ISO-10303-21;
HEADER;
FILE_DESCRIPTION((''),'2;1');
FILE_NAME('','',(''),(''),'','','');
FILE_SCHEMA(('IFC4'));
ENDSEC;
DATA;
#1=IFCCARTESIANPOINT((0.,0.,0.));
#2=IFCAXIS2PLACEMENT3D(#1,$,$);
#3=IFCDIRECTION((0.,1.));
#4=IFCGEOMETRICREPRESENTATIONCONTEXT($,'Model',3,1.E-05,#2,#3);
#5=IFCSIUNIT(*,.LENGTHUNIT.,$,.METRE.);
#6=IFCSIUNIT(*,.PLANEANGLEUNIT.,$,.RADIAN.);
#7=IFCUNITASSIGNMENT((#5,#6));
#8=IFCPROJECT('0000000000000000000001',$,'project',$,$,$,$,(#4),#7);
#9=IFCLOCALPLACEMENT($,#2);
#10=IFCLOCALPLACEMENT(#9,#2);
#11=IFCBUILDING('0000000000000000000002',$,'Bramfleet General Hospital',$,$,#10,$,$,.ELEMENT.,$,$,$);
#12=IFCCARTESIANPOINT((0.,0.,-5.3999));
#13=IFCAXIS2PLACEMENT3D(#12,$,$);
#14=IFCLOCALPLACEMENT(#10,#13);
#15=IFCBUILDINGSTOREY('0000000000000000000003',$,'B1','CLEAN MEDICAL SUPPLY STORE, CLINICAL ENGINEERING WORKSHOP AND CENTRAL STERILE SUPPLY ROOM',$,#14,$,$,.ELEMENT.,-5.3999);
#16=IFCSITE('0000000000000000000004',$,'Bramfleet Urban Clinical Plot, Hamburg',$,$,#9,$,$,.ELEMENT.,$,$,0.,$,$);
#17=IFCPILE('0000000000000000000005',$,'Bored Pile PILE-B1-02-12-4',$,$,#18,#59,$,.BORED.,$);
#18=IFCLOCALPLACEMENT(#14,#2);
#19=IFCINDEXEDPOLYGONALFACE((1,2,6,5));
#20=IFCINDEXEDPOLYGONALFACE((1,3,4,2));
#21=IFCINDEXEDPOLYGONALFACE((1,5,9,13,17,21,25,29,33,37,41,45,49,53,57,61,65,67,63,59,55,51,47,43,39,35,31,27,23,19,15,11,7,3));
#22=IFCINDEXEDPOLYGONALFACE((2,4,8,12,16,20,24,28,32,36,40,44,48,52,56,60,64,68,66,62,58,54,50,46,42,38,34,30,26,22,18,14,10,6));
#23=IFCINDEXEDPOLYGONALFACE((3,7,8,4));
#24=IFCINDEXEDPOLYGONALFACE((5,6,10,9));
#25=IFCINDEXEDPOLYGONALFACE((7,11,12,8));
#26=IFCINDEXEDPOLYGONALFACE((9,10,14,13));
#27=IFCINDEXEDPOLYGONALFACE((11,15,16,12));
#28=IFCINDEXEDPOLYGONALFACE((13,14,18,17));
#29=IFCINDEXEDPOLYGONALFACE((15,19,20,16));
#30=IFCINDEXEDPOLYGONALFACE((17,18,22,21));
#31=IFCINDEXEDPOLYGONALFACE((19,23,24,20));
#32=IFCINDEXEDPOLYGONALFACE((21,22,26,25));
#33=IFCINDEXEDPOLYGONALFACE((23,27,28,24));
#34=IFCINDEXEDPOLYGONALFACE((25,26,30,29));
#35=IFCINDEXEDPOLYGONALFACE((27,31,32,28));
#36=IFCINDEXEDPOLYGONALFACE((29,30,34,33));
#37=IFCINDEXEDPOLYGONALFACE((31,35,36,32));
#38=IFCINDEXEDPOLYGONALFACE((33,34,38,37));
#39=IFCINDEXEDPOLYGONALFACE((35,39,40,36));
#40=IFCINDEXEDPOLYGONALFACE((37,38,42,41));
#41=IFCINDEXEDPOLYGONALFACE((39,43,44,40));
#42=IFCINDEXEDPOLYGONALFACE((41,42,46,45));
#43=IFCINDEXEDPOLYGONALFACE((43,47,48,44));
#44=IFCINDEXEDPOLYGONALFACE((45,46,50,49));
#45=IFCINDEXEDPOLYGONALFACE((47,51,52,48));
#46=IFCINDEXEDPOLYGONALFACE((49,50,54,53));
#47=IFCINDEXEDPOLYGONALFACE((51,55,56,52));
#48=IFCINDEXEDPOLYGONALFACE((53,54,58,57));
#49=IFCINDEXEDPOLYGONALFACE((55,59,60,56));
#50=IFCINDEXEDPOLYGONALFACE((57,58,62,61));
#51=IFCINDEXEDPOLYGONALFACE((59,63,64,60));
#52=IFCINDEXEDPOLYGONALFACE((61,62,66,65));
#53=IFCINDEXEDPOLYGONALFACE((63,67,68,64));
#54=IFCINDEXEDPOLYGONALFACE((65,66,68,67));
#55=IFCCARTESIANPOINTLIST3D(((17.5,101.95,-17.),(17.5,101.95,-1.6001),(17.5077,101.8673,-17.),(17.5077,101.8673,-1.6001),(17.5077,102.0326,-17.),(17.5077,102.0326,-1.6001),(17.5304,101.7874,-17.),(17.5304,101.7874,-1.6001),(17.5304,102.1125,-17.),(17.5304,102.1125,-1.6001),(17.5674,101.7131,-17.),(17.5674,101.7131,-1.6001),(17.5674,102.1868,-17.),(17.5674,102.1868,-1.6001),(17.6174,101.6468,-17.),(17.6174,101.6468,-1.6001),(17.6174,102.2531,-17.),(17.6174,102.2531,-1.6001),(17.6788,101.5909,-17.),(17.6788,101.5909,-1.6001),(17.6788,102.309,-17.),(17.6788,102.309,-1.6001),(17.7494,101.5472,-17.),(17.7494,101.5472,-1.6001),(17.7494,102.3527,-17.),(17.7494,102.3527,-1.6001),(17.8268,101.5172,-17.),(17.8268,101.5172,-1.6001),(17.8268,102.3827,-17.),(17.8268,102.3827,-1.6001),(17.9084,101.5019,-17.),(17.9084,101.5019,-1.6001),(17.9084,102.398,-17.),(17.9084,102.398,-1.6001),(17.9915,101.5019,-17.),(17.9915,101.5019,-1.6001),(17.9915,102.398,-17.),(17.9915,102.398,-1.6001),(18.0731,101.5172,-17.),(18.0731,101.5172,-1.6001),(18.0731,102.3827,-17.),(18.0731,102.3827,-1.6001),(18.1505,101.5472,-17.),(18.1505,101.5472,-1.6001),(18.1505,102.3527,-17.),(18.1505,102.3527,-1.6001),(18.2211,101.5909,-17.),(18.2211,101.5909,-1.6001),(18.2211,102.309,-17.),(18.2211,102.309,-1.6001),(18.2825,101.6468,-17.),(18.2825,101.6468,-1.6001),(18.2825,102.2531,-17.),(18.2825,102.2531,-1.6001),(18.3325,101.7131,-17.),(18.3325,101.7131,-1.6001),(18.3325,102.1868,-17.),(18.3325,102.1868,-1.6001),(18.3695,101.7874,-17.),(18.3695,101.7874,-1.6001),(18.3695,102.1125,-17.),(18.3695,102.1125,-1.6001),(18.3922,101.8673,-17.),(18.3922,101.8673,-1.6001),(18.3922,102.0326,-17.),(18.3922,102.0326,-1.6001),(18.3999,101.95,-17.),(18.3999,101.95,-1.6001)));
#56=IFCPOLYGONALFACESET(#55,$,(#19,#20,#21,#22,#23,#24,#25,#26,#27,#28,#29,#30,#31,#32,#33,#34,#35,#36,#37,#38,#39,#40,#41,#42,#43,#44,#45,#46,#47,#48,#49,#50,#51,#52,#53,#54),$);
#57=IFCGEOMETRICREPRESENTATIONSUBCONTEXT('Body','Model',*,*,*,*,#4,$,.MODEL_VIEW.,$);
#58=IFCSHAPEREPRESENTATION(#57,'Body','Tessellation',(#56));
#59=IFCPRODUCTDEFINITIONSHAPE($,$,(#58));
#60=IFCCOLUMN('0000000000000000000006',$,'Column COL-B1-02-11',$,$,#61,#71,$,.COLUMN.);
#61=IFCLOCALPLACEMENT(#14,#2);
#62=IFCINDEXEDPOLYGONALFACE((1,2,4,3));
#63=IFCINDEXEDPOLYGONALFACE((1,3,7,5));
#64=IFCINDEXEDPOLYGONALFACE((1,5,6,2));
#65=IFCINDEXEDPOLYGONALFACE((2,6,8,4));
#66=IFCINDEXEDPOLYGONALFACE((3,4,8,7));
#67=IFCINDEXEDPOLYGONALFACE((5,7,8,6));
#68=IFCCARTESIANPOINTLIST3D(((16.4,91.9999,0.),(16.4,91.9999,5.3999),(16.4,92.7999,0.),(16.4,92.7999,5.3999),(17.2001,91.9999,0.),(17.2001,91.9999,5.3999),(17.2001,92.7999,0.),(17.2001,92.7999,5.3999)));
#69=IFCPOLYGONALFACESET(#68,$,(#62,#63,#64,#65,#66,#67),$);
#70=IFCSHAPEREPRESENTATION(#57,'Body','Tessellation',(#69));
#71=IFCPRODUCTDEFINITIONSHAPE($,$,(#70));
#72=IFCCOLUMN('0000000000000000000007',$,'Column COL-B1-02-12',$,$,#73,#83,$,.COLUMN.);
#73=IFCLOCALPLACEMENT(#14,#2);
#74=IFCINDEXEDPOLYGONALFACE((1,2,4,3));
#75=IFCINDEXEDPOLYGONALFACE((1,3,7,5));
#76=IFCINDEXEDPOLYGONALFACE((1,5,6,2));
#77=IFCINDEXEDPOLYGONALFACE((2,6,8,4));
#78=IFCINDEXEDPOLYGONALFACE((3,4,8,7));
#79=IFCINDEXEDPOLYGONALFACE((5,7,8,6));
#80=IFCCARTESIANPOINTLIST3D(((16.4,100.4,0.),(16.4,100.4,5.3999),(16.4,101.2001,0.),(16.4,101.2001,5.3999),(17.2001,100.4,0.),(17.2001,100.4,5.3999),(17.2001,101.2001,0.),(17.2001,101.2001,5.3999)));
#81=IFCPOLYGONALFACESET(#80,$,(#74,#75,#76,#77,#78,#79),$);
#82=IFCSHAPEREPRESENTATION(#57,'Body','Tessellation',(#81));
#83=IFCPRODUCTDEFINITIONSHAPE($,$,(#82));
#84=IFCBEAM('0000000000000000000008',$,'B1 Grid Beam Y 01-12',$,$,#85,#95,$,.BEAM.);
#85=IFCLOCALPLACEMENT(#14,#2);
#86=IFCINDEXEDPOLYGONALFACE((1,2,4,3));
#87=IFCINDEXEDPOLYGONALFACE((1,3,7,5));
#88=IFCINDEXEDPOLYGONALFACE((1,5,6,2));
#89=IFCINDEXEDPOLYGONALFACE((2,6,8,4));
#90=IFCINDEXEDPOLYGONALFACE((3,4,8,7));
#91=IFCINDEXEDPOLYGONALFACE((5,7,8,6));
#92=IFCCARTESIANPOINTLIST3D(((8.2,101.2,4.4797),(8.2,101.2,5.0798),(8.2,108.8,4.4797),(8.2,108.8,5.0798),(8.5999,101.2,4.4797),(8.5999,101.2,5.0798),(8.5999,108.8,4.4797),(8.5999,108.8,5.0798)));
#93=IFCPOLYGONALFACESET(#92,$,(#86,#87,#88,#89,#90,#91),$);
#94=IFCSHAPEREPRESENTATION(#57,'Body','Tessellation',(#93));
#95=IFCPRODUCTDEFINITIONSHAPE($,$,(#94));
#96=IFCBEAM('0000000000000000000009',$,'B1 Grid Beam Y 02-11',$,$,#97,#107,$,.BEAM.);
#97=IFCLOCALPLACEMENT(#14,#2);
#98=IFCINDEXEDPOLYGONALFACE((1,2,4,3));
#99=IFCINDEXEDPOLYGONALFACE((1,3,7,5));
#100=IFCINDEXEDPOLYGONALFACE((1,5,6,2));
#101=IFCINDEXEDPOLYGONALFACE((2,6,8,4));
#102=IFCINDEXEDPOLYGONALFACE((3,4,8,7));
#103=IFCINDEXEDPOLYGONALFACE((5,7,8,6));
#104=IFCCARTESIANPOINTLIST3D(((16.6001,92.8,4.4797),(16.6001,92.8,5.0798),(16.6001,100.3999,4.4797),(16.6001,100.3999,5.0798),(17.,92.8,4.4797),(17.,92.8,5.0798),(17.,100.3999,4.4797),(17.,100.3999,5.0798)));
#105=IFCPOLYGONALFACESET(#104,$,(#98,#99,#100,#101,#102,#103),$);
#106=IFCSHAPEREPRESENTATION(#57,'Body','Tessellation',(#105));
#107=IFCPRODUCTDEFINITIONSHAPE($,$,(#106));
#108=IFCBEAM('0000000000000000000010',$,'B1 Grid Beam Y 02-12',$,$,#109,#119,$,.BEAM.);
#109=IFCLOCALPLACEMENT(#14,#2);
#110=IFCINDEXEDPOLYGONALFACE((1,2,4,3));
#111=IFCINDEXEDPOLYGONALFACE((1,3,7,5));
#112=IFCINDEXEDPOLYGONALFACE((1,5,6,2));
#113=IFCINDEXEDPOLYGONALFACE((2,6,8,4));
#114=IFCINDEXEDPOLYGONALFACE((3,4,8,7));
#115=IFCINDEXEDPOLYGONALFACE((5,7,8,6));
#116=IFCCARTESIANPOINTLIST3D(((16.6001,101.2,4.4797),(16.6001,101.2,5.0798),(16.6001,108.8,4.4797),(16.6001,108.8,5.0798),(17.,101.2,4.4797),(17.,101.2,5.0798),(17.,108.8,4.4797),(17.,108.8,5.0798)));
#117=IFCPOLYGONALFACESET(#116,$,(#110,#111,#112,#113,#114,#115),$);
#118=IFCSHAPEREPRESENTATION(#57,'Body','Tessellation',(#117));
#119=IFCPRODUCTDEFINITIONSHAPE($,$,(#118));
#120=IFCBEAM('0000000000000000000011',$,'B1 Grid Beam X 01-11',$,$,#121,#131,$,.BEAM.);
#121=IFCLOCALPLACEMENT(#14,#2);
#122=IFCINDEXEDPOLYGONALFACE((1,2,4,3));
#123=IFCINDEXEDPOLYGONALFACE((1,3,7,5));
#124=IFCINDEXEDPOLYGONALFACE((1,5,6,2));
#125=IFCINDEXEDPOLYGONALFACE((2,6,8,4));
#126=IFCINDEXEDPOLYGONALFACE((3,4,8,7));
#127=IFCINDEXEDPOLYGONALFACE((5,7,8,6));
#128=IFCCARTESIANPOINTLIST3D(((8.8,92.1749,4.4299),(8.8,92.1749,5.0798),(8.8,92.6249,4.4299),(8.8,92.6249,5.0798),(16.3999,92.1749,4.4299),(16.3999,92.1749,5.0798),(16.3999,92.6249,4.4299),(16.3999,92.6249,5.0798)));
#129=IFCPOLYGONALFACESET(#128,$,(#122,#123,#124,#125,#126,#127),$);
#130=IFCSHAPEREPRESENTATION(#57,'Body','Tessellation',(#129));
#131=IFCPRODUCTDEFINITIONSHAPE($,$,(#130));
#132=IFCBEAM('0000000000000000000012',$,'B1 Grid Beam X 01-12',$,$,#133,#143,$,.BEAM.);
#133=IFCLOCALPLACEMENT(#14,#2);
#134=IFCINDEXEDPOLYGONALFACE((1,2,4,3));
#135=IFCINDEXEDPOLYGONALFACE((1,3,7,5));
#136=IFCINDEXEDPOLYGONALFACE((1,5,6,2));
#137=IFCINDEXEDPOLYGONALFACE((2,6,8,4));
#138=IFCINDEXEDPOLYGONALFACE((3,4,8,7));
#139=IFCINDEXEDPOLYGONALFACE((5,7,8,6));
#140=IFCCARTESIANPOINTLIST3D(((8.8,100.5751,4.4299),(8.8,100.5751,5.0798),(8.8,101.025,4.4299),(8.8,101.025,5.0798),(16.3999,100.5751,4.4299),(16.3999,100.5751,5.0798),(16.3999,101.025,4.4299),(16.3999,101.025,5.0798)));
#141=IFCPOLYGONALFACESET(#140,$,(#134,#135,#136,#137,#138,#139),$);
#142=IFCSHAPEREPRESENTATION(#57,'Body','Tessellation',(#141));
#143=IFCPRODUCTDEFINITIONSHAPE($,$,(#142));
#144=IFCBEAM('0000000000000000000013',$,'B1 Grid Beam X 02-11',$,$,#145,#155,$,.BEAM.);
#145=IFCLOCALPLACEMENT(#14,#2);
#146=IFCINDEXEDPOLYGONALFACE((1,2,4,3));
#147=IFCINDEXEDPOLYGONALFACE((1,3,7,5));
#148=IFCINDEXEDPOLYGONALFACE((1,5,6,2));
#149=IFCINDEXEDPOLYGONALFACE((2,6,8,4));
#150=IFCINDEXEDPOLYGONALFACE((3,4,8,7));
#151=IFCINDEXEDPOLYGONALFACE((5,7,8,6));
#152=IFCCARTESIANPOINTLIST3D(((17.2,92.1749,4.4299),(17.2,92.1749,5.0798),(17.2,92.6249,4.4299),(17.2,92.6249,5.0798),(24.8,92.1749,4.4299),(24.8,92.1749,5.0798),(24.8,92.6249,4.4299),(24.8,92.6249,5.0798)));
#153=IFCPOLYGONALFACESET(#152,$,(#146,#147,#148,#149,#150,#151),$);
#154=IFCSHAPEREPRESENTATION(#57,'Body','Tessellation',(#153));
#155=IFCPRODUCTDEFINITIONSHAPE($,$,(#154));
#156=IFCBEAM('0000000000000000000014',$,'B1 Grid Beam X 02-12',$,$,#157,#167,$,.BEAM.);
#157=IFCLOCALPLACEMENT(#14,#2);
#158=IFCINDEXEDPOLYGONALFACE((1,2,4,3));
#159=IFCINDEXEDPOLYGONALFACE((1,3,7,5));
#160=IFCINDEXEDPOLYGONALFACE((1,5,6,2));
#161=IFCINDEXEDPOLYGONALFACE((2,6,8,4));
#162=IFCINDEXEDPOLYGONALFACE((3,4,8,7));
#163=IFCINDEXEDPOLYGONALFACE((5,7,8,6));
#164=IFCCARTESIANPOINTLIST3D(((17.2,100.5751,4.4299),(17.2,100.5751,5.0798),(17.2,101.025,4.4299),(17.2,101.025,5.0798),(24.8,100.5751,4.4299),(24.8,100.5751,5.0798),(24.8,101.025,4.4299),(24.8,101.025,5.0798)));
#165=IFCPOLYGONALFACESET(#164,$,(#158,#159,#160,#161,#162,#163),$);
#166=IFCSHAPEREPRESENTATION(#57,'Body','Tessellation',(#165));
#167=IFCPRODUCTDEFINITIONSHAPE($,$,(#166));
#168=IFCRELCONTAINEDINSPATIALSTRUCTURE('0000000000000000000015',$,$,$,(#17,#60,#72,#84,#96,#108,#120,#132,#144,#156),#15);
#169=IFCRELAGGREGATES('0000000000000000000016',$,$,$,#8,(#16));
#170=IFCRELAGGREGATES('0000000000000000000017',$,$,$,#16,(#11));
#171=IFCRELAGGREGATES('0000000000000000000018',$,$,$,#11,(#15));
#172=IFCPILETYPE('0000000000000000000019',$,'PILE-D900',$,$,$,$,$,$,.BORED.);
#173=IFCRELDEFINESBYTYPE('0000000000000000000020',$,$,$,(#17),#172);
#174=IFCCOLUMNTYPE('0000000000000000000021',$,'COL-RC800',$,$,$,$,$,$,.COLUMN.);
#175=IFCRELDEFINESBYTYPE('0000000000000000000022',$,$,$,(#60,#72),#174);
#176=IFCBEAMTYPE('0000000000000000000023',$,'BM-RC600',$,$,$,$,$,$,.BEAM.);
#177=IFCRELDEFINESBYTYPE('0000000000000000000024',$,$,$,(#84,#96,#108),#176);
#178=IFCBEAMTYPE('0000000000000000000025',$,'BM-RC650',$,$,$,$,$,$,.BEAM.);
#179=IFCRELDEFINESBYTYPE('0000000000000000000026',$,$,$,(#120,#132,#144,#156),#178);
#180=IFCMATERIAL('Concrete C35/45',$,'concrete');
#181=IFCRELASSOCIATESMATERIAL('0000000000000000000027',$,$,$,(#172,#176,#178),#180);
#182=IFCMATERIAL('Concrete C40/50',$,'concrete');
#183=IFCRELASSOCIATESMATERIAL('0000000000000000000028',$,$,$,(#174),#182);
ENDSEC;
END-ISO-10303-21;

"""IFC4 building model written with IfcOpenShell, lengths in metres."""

from ifc_helpers import new_model, si_unit, direction, frame, origin, origin_2d, place, context, subcontext, project, spatial, rectangle, circle, extrude, material, material_profile, profile_set, type_object, element, save


model = new_model("IFC4")

# Units and contexts
model_context = context("Model", 3, precision=1e-05, world=origin(), true_north=direction((0.0, 1.0)))
body_context = subcontext(model_context, "Body", "Model", "MODEL_VIEW")
ifc_project = project(units=[si_unit("LENGTHUNIT", "METRE"), si_unit("PLANEANGLEUNIT", "RADIAN")], contexts=[model_context])

# Site, building, storey
site_placement = place(None, origin())
site = spatial("IfcSite", under=ifc_project, at=site_placement, Name="Bramfleet Urban Clinical Plot, Hamburg", CompositionType="ELEMENT", RefElevation=0.0)
building_placement = place(site_placement, origin())
building = spatial("IfcBuilding", under=site, at=building_placement, Name="Bramfleet General Hospital", CompositionType="ELEMENT")
storey_placement = place(building_placement, frame((0.0, 0.0, -5.3999)))
storey = spatial("IfcBuildingStorey", under=building, at=storey_placement, Name="B1", Description="CLEAN MEDICAL SUPPLY STORE, CLINICAL ENGINEERING WORKSHOP AND CENTRAL STERILE SUPPLY ROOM", CompositionType="ELEMENT", Elevation=-5.3999)

# Shared definitions
ifc_material_1 = material(Name="Concrete C35/45", Category="concrete")

# Pile
ifc_material_profile_1 = material_profile(ifc_material_1, circle(Radius=0.45, at=origin_2d()), Name="PILE BORED D900")
ifc_profile_set_1 = profile_set([ifc_material_profile_1], Name="Concrete C35/45")
pile_type = type_object("IfcPileType", Name="PILE-D900", PredefinedType="BORED", material=ifc_profile_set_1)
for number, where, z_axis, x_axis, name in (
    (1, (17.95, 101.95, -1.6001), (0.0, 0.0, -1.0), (1.0, 0.0, 0.0), "Bored Pile PILE-B1-02-12-4"),
):
    element("IfcPile", number, at=place(storey_placement, frame(where, z_axis=z_axis, x_axis=x_axis)), inside=storey, type_object=pile_type, Name=name, PredefinedType="BORED", context=body_context, shape_type="SweptSolid", body=[
        extrude(circle(Radius=0.45, at=origin_2d()), origin(), (0.0, 0.0, 1.0), 15.3999),
    ])

# Columns
ifc_material_2 = material(Name="Concrete C40/50", Category="concrete")
ifc_material_profile_2 = material_profile(ifc_material_2, rectangle(XDim=0.8, YDim=0.8, at=origin_2d()), Name="RC COL 800x800")
ifc_profile_set_2 = profile_set([ifc_material_profile_2], Name="Concrete C40/50")
column_type = type_object("IfcColumnType", Name="COL-RC800", PredefinedType="COLUMN", material=ifc_profile_set_2)
for number, where, z_axis, x_axis, name in (
    (2, (16.8, 92.3999, 0.0), (0.0, 0.0, 1.0), (1.0, 0.0, 0.0), "Column COL-B1-02-11"),
    (3, (16.8, 100.8, 0.0), (0.0, 0.0, 1.0), (1.0, 0.0, 0.0), "Column COL-B1-02-12"),
):
    element("IfcColumn", number, at=place(storey_placement, frame(where, z_axis=z_axis, x_axis=x_axis)), inside=storey, type_object=column_type, Name=name, PredefinedType="COLUMN", context=body_context, shape_type="SweptSolid", body=[
        extrude(rectangle(XDim=0.8, YDim=0.8, at=origin_2d()), origin(), (0.0, 0.0, 1.0), 5.3999),
    ])

# Beams
ifc_material_profile_3 = material_profile(ifc_material_1, rectangle(XDim=0.3999, YDim=0.6001, at=origin_2d()), Name="RC BM 600x400")
ifc_profile_set_3 = profile_set([ifc_material_profile_3], Name="Concrete C35/45")
beam_type_1 = type_object("IfcBeamType", Name="BM-RC600", PredefinedType="BEAM", material=ifc_profile_set_3)
beam_1_placement = place(storey_placement, frame((8.3999, 101.2, 4.7798), z_axis=(0.0, 1.0, 0.0), x_axis=(-1.0, 0.0, 0.0)))
element("IfcBeam", 4, at=beam_1_placement, inside=storey, type_object=beam_type_1, Name="B1 Grid Beam Y 01-12", PredefinedType="BEAM", context=body_context, shape_type="SweptSolid", body=[
    extrude(rectangle(XDim=0.3999, YDim=0.6001, at=origin_2d()), origin(), (0.0, 0.0, 1.0), 7.6001),
])
beam_2_placement = place(storey_placement, frame((16.8, 92.8, 4.7798), z_axis=(0.0, 1.0, 0.0), x_axis=(-1.0, 0.0, 0.0)))
element("IfcBeam", 5, at=beam_2_placement, inside=storey, type_object=beam_type_1, Name="B1 Grid Beam Y 02-11", PredefinedType="BEAM", context=body_context, shape_type="SweptSolid", body=[
    extrude(rectangle(XDim=0.3999, YDim=0.6001, at=origin_2d()), origin(), (0.0, 0.0, 1.0), 7.5999),
])
beam_3_placement = place(storey_placement, frame((16.8, 101.2, 4.7798), z_axis=(0.0, 1.0, 0.0), x_axis=(-1.0, 0.0, 0.0)))
element("IfcBeam", 6, at=beam_3_placement, inside=storey, type_object=beam_type_1, Name="B1 Grid Beam Y 02-12", PredefinedType="BEAM", context=body_context, shape_type="SweptSolid", body=[
    extrude(rectangle(XDim=0.3999, YDim=0.6001, at=origin_2d()), origin(), (0.0, 0.0, 1.0), 7.6001),
])
ifc_material_profile_4 = material_profile(ifc_material_1, rectangle(XDim=0.45, YDim=0.6499, at=origin_2d()), Name="RC BM 650x450")
ifc_profile_set_4 = profile_set([ifc_material_profile_4], Name="Concrete C35/45")
beam_type_2 = type_object("IfcBeamType", Name="BM-RC650", PredefinedType="BEAM", material=ifc_profile_set_4)
for number, where, z_axis, x_axis, name in (
    (7, (8.8, 92.3999, 4.7549), (1.0, 0.0, 0.0), (0.0, 1.0, 0.0), "B1 Grid Beam X 01-11"),
    (8, (8.8, 100.8, 4.7549), (1.0, 0.0, 0.0), (0.0, 1.0, 0.0), "B1 Grid Beam X 01-12"),
):
    element("IfcBeam", number, at=place(storey_placement, frame(where, z_axis=z_axis, x_axis=x_axis)), inside=storey, type_object=beam_type_2, Name=name, PredefinedType="BEAM", context=body_context, shape_type="SweptSolid", body=[
        extrude(rectangle(XDim=0.45, YDim=0.6499, at=origin_2d()), origin(), (0.0, 0.0, 1.0), 7.5999),
    ])
for number, where, z_axis, x_axis, name in (
    (9, (17.2, 92.3999, 4.7549), (1.0, 0.0, 0.0), (0.0, 1.0, 0.0), "B1 Grid Beam X 02-11"),
    (10, (17.2, 100.8, 4.7549), (1.0, 0.0, 0.0), (0.0, 1.0, 0.0), "B1 Grid Beam X 02-12"),
):
    element("IfcBeam", number, at=place(storey_placement, frame(where, z_axis=z_axis, x_axis=x_axis)), inside=storey, type_object=beam_type_2, Name=name, PredefinedType="BEAM", context=body_context, shape_type="SweptSolid", body=[
        extrude(rectangle(XDim=0.45, YDim=0.6499, at=origin_2d()), origin(), (0.0, 0.0, 1.0), 7.6001),
    ])

save(model, "model.ifc")
